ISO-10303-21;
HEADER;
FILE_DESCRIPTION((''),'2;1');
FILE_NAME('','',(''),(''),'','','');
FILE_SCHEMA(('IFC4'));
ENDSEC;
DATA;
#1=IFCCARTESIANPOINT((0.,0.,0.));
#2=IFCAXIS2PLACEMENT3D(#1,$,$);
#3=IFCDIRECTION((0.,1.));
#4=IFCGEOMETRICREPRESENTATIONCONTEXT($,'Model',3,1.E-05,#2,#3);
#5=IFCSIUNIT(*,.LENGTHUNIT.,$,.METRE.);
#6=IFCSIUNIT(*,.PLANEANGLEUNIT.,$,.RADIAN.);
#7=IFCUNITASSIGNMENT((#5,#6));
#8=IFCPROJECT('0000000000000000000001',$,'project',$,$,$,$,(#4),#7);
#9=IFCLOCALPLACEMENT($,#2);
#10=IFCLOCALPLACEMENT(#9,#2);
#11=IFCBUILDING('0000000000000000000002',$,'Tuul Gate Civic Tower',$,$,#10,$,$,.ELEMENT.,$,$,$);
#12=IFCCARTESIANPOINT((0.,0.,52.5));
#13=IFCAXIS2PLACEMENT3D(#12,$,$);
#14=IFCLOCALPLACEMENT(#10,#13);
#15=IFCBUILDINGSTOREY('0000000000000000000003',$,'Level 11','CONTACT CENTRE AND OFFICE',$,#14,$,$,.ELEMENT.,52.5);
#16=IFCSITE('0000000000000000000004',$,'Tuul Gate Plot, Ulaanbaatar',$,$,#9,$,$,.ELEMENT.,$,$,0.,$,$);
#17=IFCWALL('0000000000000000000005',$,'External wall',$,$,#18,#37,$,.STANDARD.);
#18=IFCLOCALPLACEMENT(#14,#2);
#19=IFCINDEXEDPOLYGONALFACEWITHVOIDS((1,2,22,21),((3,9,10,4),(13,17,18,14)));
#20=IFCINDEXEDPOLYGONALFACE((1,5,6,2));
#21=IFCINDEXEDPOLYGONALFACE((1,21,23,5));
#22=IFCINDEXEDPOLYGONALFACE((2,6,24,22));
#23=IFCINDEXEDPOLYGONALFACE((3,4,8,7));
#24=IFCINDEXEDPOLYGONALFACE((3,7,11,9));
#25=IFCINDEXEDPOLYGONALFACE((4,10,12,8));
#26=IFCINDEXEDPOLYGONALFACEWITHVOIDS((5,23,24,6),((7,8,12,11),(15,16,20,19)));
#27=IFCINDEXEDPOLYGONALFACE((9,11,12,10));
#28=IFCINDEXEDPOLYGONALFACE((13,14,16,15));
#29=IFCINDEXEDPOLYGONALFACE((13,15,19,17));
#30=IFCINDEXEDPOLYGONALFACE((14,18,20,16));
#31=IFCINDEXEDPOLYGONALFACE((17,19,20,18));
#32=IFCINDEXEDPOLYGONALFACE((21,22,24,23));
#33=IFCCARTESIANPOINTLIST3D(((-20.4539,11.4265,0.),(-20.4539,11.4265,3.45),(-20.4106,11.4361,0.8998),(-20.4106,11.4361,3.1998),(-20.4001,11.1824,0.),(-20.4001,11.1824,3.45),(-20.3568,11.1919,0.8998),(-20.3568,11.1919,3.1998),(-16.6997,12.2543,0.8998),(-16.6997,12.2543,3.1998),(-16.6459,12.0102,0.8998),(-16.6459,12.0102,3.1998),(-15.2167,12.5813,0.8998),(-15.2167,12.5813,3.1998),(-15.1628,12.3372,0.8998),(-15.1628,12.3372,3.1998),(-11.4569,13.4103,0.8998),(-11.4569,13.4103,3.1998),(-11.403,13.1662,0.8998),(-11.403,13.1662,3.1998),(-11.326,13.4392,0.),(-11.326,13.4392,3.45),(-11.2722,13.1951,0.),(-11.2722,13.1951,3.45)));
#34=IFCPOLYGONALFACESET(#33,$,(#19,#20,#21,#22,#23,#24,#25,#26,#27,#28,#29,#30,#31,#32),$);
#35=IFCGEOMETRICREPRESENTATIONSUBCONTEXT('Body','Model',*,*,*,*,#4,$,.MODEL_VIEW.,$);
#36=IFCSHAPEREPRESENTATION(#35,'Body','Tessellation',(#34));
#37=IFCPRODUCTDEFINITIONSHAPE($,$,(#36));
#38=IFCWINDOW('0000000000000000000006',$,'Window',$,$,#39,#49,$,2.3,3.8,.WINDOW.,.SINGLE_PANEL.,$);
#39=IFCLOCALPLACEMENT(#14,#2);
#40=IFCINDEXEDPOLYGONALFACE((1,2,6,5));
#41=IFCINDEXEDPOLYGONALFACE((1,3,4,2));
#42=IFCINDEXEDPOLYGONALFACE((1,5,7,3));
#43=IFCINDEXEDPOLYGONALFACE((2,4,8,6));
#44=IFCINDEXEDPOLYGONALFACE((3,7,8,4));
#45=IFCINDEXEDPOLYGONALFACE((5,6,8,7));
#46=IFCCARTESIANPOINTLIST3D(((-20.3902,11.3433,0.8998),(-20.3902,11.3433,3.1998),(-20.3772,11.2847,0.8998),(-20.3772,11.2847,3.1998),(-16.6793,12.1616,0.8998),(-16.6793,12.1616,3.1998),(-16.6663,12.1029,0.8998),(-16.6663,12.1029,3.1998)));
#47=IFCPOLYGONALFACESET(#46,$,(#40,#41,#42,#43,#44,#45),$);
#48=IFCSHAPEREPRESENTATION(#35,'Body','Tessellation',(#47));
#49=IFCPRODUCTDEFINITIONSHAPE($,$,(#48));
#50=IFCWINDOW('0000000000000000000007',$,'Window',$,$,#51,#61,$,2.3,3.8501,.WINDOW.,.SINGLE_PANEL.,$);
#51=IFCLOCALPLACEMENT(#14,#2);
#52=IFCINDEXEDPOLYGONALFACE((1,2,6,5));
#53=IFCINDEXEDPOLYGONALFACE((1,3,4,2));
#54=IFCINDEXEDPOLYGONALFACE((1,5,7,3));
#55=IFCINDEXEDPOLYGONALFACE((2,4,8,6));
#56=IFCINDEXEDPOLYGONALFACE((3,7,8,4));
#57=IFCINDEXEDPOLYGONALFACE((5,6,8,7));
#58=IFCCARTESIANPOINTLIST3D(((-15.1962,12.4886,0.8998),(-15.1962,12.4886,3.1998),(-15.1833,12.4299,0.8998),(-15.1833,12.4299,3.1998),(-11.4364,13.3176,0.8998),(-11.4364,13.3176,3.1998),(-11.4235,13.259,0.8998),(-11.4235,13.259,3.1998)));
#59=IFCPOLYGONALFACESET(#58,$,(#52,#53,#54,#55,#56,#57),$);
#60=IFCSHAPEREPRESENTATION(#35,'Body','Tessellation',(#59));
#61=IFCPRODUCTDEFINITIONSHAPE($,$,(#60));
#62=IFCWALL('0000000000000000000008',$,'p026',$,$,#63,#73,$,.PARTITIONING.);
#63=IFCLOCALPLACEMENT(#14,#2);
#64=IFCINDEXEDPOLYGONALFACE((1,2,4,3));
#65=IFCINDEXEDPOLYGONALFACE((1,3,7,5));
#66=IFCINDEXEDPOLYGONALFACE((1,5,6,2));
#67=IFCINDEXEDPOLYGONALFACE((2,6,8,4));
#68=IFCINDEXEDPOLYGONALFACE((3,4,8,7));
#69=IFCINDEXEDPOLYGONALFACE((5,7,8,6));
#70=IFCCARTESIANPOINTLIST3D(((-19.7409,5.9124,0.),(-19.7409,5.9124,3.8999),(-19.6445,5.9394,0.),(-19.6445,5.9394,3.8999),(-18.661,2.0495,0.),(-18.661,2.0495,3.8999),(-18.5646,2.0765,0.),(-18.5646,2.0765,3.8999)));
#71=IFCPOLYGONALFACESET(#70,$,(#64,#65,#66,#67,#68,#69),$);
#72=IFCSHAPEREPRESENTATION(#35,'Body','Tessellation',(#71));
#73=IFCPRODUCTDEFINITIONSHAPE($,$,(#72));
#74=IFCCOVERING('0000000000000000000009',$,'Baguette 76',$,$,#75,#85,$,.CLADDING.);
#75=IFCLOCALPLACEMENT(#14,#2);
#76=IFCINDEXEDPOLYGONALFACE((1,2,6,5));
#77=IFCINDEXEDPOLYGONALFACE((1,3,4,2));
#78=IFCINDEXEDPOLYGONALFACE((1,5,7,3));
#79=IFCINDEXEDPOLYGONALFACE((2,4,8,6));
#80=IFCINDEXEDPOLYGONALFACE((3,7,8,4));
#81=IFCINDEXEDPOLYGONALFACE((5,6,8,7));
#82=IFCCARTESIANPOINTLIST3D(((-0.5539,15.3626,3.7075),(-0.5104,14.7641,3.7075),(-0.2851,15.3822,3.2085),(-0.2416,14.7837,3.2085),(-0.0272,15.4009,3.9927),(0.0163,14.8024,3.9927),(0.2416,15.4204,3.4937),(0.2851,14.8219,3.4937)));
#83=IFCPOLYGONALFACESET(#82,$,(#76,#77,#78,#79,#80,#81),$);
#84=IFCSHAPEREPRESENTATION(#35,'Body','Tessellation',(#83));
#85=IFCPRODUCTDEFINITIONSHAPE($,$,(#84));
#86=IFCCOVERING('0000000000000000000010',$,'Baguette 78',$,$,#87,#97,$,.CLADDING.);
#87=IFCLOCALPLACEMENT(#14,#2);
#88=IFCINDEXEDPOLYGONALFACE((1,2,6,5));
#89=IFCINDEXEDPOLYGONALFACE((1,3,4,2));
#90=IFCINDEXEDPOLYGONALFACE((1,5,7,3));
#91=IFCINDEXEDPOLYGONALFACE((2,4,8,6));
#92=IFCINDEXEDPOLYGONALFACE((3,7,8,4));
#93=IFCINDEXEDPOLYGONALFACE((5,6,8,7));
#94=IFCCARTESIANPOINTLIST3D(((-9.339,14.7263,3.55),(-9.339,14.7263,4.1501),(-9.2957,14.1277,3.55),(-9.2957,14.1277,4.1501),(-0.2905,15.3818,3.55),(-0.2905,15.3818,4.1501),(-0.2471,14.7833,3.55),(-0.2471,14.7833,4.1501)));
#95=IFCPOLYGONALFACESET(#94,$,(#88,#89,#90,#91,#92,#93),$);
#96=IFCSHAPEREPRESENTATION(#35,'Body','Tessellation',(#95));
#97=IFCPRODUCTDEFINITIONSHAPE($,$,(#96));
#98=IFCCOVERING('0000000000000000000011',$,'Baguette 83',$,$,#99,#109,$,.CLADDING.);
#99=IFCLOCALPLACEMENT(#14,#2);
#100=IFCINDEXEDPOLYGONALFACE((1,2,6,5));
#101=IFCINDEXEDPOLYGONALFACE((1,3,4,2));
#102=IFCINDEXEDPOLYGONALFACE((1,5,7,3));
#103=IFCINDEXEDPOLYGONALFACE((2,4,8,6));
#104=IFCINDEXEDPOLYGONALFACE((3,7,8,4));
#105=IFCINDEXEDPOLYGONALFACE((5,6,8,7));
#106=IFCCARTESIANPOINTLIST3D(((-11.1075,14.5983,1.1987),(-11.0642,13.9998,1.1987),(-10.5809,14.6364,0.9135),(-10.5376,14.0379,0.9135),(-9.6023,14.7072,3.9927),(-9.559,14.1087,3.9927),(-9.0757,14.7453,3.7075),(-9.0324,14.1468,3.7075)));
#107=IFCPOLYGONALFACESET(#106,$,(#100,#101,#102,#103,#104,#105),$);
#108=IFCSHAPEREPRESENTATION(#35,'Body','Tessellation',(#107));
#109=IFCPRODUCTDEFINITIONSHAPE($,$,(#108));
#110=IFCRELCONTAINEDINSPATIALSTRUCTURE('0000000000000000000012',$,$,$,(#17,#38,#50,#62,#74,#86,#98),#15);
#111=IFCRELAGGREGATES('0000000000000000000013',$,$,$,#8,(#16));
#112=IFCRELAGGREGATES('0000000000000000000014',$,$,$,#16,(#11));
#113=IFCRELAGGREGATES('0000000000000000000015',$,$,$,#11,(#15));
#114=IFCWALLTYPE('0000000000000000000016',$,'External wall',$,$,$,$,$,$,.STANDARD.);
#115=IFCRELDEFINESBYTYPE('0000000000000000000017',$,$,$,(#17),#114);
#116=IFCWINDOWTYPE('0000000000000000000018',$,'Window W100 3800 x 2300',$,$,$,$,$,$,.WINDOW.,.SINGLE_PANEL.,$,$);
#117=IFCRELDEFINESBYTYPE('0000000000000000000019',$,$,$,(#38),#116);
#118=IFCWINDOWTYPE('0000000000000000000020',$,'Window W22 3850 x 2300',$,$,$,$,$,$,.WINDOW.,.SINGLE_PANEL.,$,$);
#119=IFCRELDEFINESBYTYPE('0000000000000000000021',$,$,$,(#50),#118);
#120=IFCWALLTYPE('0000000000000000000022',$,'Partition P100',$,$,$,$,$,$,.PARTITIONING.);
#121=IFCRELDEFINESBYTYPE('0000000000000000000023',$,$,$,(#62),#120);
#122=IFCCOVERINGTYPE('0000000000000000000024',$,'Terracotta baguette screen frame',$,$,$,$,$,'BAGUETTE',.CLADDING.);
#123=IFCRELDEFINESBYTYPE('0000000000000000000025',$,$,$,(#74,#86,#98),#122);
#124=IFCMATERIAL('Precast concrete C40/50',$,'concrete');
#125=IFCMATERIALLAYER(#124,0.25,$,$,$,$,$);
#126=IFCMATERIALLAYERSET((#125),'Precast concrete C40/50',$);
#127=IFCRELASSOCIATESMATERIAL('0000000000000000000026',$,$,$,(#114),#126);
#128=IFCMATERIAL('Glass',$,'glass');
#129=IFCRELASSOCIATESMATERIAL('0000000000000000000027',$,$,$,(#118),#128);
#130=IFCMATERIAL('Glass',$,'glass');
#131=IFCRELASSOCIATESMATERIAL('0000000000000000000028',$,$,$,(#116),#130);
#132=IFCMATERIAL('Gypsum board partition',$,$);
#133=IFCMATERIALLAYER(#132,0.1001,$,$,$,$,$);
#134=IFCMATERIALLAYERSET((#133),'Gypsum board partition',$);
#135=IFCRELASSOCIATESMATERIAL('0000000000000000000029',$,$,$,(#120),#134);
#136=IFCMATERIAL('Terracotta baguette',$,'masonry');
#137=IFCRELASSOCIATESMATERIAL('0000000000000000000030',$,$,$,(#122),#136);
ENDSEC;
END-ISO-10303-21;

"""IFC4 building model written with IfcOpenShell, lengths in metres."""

from ifc_helpers import new_model, si_unit, direction, frame, frame_2d, origin, origin_2d, place, context, subcontext, project, spatial, rectangle, extrude, material, layer, layer_set, material_profile, profile_set, type_object, element, fill, save


model = new_model("IFC4")

# Units and contexts
model_context = context("Model", 3, precision=1e-05, world=origin(), true_north=direction((0.0, 1.0)))
body_context = subcontext(model_context, "Body", "Model", "MODEL_VIEW")
ifc_project = project(units=[si_unit("LENGTHUNIT", "METRE"), si_unit("PLANEANGLEUNIT", "RADIAN")], contexts=[model_context])

# Site, building, storey
site_placement = place(None, origin())
site = spatial("IfcSite", under=ifc_project, at=site_placement, Name="Tuul Gate Plot, Ulaanbaatar", CompositionType="ELEMENT", RefElevation=0.0)
building_placement = place(site_placement, origin())
building = spatial("IfcBuilding", under=site, at=building_placement, Name="Tuul Gate Civic Tower", CompositionType="ELEMENT")
storey_placement = place(building_placement, frame((0.0, 0.0, 52.5)))
storey = spatial("IfcBuildingStorey", under=building, at=storey_placement, Name="Level 11", Description="CONTACT CENTRE AND OFFICE", CompositionType="ELEMENT", Elevation=52.5)

# Wall, openings, windows
ifc_material_1 = material(Name="Precast concrete C40/50", Category="concrete")
ifc_layer_1 = layer(ifc_material_1, 0.25)
ifc_layer_set_1 = layer_set([ifc_layer_1], Name="Precast concrete C40/50")
wall_type_1 = type_object("IfcWallType", Name="External wall", PredefinedType="STANDARD", material=ifc_layer_set_1)
ifc_material_2 = material(Name="Glass", Category="glass")
window_type_1 = type_object("IfcWindowType", Name="Window W22 3850 x 2300", PartitioningType="SINGLE_PANEL", PredefinedType="WINDOW", material=ifc_material_2)
wall_1_placement = place(storey_placement, frame((-11.2991, 13.3171, 0.0), z_axis=(0.0, 0.0, 1.0), x_axis=(-0.976542, -0.215326, 0.0)))
wall_1 = element("IfcWall", 1, at=wall_1_placement, inside=storey, type_object=wall_type_1, Name="External wall", PredefinedType="STANDARD", context=body_context, shape_type="SweptSolid", body=[
    extrude(rectangle(XDim=9.3472, YDim=0.25, at=frame_2d((4.6736, 0.0))), origin(), (0.0, 0.0, 1.0), 3.45),
])
opening_1_placement = place(wall_1_placement, frame((0.134, 0.0, 0.8999)))
opening_1 = element("IfcOpeningElement", 2, at=opening_1_placement, cuts=wall_1, PredefinedType="OPENING", context=body_context, shape_type="SweptSolid", body=[
    extrude(rectangle(XDim=3.8501, YDim=2.3, at=frame_2d((1.925, 1.1499))), frame((0.0, 0.135, 0.0), z_axis=(0.0, -1.0, 0.0), x_axis=(1.0, 0.0, 0.0)), (0.0, 0.0, 1.0), 0.27),
])
opening_2_placement = place(wall_1_placement, frame((5.5029, 0.0, 0.8999)))
opening_2 = element("IfcOpeningElement", 3, at=opening_2_placement, cuts=wall_1, PredefinedType="OPENING", context=body_context, shape_type="SweptSolid", body=[
    extrude(rectangle(XDim=3.8, YDim=2.3, at=frame_2d((1.8999, 1.1499))), frame((0.0, 0.135, 0.0), z_axis=(0.0, -1.0, 0.0), x_axis=(1.0, 0.0, 0.0)), (0.0, 0.0, 1.0), 0.27),
])
ifc_material_3 = material(Name="Glass", Category="glass")
window_type_2 = type_object("IfcWindowType", Name="Window W100 3800 x 2300", PartitioningType="SINGLE_PANEL", PredefinedType="WINDOW", material=ifc_material_3)
window_1_placement = place(opening_2_placement, origin())
window_1 = element("IfcWindow", 4, at=window_1_placement, inside=storey, type_object=window_type_2, Name="Window", OverallHeight=2.3, OverallWidth=3.8, PartitioningType="SINGLE_PANEL", PredefinedType="WINDOW", context=body_context, shape_type="SweptSolid", body=[
    extrude(rectangle(XDim=3.8, YDim=2.3, at=frame_2d((1.8999, 1.1499))), frame((0.0, 0.03, 0.0), z_axis=(0.0, -1.0, 0.0), x_axis=(1.0, 0.0, 0.0)), (0.0, 0.0, 1.0), 0.0601),
])
fill(opening_2, window_1)
window_2_placement = place(opening_1_placement, origin())
window_2 = element("IfcWindow", 5, at=window_2_placement, inside=storey, type_object=window_type_1, Name="Window", OverallHeight=2.3, OverallWidth=3.8501, PartitioningType="SINGLE_PANEL", PredefinedType="WINDOW", context=body_context, shape_type="SweptSolid", body=[
    extrude(rectangle(XDim=3.8501, YDim=2.3, at=frame_2d((1.925, 1.1499))), frame((0.0, 0.03, 0.0), z_axis=(0.0, -1.0, 0.0), x_axis=(1.0, 0.0, 0.0)), (0.0, 0.0, 1.0), 0.0601),
])
fill(opening_1, window_2)

# Wall
ifc_material_4 = material(Name="Gypsum board partition")
ifc_layer_2 = layer(ifc_material_4, 0.1001)
ifc_layer_set_2 = layer_set([ifc_layer_2], Name="Gypsum board partition")
wall_type_2 = type_object("IfcWallType", Name="Partition P100", PredefinedType="PARTITIONING", material=ifc_layer_set_2)
wall_2_placement = place(storey_placement, frame((-19.6926, 5.9258, 0.0), z_axis=(0.0, 0.0, 1.0), x_axis=(0.269226, -0.963077, 0.0)))
element("IfcWall", 6, at=wall_2_placement, inside=storey, type_object=wall_type_2, Name="p026", PredefinedType="PARTITIONING", context=body_context, shape_type="SweptSolid", body=[
    extrude(rectangle(XDim=4.011, YDim=0.1001, at=frame_2d((2.0054, 0.0))), origin(), (0.0, 0.0, 1.0), 3.8999),
])

# Coverings
ifc_material_5 = material(Name="Terracotta baguette", Category="masonry")
ifc_material_profile_1 = material_profile(ifc_material_5, rectangle(XDim=0.6001, YDim=0.6001, at=origin_2d()), Name="Terracotta baguette screen frame")
ifc_profile_set_1 = profile_set([ifc_material_profile_1], Name="Terracotta baguette")
covering_type = type_object("IfcCoveringType", Name="Terracotta baguette screen frame", ElementType="BAGUETTE", PredefinedType="CLADDING", material=ifc_profile_set_1)
covering_1_placement = place(storey_placement, frame((-0.2688, 15.0825, 3.8501), z_axis=(0.473947, 0.034438, -0.87988), x_axis=(-0.07247, 0.997371, 0.0)))
element("IfcCovering", 7, at=covering_1_placement, inside=storey, type_object=covering_type, Name="Baguette 76", PredefinedType="CLADDING", context=body_context, shape_type="SweptSolid", body=[
    extrude(rectangle(XDim=0.6001, YDim=0.6001, at=origin_2d()), origin(), (0.0, 0.0, 1.0), 0.5671),
])
covering_2_placement = place(storey_placement, frame((-0.2688, 15.0825, 3.8501), z_axis=(-0.997386, -0.072255, 0.0), x_axis=(0.072255, -0.997386, 0.0)))
element("IfcCovering", 8, at=covering_2_placement, inside=storey, type_object=covering_type, Name="Baguette 78", PredefinedType="CLADDING", context=body_context, shape_type="SweptSolid", body=[
    extrude(rectangle(XDim=0.6001, YDim=0.6001, at=origin_2d()), origin(), (0.0, 0.0, 1.0), 9.0723),
])
covering_3_placement = place(storey_placement, frame((-9.3174, 14.427, 3.8501), z_axis=(-0.473991, -0.03429, -0.879862), x_axis=(0.072155, -0.997393, 0.0)))
element("IfcCovering", 9, at=covering_3_placement, inside=storey, type_object=covering_type, Name="Baguette 83", PredefinedType="CLADDING", context=body_context, shape_type="SweptSolid", body=[
    extrude(rectangle(XDim=0.6001, YDim=0.6001, at=origin_2d()), origin(), (0.0, 0.0, 1.0), 3.1755),
])

save(model, "model.ifc")
